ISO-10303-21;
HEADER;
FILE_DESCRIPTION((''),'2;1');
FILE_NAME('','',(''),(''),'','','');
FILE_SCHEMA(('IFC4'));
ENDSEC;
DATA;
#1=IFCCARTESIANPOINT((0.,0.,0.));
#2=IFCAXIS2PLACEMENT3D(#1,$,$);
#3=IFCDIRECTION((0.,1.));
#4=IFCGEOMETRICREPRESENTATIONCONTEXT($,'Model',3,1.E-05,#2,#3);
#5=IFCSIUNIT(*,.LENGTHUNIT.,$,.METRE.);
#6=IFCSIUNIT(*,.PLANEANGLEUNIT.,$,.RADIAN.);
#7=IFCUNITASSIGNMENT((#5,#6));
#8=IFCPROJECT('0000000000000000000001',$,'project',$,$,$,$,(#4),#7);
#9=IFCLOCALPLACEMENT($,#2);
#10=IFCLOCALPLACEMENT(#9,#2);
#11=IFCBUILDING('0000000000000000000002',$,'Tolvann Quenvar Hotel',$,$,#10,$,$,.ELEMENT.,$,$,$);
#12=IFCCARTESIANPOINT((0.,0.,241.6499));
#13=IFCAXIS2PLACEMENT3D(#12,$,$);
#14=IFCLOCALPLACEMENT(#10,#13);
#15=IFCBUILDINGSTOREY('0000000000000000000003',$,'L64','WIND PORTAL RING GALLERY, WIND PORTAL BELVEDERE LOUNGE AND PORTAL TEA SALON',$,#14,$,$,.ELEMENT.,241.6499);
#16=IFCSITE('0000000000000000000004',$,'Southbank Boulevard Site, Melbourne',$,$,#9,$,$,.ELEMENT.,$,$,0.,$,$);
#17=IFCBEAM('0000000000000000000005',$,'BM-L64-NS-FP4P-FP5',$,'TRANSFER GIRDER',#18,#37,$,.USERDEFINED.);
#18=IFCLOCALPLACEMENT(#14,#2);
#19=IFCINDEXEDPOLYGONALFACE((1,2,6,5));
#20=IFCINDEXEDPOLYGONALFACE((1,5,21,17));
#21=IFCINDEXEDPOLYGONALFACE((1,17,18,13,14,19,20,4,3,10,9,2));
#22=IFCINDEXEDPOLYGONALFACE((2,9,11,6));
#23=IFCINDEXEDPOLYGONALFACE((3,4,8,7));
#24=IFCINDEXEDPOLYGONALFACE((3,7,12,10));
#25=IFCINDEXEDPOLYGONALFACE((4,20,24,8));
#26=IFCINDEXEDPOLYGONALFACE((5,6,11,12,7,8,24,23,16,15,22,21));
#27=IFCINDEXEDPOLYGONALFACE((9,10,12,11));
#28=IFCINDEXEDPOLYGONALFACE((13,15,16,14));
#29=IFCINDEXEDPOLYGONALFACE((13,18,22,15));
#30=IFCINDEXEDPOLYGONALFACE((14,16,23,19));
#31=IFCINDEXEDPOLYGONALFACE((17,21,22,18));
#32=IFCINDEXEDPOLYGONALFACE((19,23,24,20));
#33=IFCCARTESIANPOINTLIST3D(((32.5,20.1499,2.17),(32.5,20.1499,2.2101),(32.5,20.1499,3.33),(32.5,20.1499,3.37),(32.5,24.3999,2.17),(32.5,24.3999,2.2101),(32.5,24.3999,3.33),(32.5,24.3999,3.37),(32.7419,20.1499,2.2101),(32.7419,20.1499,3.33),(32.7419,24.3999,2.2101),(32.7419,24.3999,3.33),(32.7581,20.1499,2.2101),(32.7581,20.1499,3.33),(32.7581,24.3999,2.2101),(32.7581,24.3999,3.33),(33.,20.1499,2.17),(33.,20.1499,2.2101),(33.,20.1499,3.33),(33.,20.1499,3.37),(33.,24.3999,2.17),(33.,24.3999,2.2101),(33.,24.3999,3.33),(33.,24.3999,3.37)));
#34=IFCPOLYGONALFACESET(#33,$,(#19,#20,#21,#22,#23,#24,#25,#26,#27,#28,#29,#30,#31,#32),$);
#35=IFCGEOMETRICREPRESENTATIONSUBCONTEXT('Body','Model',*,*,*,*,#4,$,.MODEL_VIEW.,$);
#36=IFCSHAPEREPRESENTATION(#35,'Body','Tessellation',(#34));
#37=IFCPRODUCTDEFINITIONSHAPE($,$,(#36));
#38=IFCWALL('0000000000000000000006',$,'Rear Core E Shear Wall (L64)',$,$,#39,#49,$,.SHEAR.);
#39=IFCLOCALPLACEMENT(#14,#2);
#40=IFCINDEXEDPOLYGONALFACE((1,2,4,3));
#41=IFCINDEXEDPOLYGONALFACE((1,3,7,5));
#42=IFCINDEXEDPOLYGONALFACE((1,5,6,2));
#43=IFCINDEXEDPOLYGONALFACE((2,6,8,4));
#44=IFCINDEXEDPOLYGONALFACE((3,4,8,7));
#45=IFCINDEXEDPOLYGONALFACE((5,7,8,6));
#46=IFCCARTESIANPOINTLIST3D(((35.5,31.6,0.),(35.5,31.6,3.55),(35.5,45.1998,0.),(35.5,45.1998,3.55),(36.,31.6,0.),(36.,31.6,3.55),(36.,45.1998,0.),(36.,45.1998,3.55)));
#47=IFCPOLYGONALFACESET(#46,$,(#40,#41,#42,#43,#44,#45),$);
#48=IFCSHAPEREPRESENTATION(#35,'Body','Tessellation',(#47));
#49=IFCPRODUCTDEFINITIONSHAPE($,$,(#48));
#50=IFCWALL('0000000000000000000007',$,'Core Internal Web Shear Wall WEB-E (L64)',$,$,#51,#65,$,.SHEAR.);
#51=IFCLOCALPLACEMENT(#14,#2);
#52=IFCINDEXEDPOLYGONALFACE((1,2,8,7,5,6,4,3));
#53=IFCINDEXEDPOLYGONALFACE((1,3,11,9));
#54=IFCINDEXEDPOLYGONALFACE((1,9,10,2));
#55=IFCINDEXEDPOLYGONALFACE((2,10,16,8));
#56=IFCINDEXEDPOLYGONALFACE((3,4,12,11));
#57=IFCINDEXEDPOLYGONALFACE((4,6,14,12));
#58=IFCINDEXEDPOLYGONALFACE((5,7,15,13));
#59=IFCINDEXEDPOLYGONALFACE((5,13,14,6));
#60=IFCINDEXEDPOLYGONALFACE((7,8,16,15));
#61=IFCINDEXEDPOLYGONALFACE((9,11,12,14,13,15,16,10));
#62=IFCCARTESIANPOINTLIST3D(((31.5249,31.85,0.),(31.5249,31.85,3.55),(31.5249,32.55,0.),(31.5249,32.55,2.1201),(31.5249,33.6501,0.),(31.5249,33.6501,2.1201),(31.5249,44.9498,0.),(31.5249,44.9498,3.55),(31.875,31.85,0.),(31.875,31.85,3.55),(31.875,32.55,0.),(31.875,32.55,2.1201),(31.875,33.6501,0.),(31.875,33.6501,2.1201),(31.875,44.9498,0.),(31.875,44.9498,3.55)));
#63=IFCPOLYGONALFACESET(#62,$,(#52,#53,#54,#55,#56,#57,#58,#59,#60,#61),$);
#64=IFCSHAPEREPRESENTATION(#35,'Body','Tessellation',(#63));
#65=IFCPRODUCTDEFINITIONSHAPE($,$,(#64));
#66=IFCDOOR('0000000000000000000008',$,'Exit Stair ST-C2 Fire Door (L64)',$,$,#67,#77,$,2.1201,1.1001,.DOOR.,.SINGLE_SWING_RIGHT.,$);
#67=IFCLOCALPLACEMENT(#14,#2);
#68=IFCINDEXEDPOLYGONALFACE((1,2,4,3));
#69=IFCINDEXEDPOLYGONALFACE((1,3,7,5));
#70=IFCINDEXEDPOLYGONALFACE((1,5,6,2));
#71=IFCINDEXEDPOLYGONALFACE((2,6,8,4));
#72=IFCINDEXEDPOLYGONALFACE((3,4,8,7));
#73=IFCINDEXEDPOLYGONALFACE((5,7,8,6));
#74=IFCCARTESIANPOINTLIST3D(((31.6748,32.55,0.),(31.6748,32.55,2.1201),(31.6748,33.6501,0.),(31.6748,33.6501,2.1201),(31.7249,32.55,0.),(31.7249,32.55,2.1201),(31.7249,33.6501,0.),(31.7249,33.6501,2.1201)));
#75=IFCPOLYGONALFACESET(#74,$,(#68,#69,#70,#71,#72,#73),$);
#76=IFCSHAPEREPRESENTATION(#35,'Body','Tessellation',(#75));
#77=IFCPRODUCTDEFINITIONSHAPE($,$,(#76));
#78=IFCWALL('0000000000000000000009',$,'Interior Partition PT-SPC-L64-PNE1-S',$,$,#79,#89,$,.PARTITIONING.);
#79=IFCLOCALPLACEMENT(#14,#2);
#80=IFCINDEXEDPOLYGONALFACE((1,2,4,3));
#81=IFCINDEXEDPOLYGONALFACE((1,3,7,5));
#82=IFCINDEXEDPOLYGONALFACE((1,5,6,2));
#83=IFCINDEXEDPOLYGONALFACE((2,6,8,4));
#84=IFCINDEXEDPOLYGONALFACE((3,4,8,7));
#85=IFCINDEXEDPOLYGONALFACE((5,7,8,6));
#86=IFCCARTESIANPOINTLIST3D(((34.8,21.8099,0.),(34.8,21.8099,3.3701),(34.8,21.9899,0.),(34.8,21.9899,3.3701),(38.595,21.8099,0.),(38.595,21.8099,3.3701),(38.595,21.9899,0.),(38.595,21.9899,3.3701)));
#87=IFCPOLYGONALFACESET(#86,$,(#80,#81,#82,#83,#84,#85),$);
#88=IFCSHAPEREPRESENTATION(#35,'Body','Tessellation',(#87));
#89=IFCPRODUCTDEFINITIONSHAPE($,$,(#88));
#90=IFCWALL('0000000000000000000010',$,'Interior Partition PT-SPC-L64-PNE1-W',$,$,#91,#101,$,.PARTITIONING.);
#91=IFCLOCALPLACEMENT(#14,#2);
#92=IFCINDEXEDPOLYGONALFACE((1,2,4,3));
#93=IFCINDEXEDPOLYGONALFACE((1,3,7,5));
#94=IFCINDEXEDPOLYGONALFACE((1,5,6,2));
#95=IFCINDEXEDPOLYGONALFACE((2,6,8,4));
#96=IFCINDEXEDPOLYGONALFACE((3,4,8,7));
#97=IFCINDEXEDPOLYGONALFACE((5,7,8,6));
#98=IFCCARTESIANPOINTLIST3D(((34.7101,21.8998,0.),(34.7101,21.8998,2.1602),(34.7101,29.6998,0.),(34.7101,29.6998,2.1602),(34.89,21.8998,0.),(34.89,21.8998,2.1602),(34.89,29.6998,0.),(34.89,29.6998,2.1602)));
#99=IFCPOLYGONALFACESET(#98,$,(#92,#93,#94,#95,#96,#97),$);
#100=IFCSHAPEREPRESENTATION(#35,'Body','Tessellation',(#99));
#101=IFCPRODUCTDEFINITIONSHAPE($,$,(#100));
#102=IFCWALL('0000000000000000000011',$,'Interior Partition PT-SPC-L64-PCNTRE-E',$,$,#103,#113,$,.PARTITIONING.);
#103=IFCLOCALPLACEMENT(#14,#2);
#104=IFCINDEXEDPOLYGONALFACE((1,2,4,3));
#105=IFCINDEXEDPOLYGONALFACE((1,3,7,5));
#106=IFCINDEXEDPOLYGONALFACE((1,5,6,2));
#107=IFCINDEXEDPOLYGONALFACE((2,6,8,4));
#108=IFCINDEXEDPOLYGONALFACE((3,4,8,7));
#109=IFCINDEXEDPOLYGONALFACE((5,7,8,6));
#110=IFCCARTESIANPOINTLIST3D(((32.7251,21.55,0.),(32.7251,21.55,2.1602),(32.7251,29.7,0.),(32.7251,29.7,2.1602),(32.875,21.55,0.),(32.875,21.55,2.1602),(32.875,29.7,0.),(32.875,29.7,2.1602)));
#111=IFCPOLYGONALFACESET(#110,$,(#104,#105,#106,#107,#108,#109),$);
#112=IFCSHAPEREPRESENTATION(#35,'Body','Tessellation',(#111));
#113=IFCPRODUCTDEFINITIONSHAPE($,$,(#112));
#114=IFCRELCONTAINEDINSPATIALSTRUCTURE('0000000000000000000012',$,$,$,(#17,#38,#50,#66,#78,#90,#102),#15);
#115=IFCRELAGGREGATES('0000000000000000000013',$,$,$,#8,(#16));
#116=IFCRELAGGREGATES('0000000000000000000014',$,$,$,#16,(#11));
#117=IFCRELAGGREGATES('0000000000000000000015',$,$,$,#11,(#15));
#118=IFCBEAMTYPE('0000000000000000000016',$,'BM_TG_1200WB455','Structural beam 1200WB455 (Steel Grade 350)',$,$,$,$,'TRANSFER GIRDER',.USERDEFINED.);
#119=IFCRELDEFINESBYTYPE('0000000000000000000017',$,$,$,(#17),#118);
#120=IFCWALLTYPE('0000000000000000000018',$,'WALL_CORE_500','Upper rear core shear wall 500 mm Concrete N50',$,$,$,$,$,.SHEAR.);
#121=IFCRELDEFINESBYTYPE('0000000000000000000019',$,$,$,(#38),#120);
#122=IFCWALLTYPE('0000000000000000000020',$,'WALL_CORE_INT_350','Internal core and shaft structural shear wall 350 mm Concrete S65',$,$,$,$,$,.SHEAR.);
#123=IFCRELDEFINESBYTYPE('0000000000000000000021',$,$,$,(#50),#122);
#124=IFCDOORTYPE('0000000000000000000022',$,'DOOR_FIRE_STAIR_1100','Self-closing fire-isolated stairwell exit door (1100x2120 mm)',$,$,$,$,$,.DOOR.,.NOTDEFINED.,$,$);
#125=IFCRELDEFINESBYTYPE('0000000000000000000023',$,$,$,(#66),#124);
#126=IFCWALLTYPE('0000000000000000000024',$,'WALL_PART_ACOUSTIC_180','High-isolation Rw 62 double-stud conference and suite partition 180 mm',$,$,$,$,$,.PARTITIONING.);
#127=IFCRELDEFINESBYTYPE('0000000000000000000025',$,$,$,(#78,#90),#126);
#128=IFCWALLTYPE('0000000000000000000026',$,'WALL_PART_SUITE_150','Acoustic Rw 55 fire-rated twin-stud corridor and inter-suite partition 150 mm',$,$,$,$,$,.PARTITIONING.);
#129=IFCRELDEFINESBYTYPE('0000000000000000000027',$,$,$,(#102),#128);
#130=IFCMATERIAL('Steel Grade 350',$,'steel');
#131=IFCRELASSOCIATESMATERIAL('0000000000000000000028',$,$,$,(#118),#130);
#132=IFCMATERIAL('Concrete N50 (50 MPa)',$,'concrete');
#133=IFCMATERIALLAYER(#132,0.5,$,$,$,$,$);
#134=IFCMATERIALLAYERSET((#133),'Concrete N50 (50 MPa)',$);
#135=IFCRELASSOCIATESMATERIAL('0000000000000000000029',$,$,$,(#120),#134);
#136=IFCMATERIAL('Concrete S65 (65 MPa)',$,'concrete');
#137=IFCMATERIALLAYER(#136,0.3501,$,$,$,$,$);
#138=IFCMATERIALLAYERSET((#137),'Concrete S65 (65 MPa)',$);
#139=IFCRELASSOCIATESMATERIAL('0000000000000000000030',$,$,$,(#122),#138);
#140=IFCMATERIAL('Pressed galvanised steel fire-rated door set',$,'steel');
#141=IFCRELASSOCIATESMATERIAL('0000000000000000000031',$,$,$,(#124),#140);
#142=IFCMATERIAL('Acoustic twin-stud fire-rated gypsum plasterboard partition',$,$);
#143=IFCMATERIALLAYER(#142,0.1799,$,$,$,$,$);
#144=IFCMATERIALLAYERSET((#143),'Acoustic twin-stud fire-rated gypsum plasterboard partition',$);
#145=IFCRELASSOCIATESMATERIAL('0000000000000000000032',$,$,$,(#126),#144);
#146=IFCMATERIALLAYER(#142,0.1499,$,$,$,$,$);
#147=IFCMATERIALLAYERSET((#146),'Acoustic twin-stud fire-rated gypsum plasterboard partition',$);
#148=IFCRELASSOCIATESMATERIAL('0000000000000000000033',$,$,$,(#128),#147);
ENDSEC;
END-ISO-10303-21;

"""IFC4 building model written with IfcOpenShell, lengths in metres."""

from ifc_helpers import new_model, si_unit, direction, frame, frame_2d, origin, origin_2d, place, context, subcontext, project, spatial, rectangle, i_section, extrude, source, transform, mapped, material, layer, layer_set, material_profile, profile_set, type_object, type_shapes, element, fill, save


model = new_model("IFC4")

# Units and contexts
model_context = context("Model", 3, precision=1e-05, world=origin(), true_north=direction((0.0, 1.0)))
body_context = subcontext(model_context, "Body", "Model", "MODEL_VIEW")
ifc_project = project(units=[si_unit("LENGTHUNIT", "METRE"), si_unit("PLANEANGLEUNIT", "RADIAN")], contexts=[model_context])

# Site, building, storey
site_placement = place(None, origin())
site = spatial("IfcSite", under=ifc_project, at=site_placement, Name="Southbank Boulevard Site, Melbourne", CompositionType="ELEMENT", RefElevation=0.0)
building_placement = place(site_placement, origin())
building = spatial("IfcBuilding", under=site, at=building_placement, Name="Tolvann Quenvar Hotel", CompositionType="ELEMENT")
storey_placement = place(building_placement, frame((0.0, 0.0, 241.6499)))
storey = spatial("IfcBuildingStorey", under=building, at=storey_placement, Name="L64", Description="WIND PORTAL RING GALLERY, WIND PORTAL BELVEDERE LOUNGE AND PORTAL TEA SALON", CompositionType="ELEMENT", Elevation=241.6499)

# Shared definitions
ifc_material_1 = material(Name="Steel Grade 350", Category="steel")

# Beam
ifc_material_profile_1 = material_profile(ifc_material_1, i_section(OverallWidth=0.5, OverallDepth=1.2, WebThickness=0.0161, FlangeThickness=0.04, at=origin_2d()), Name="1200WB455")
ifc_profile_set_1 = profile_set([ifc_material_profile_1], Name="Steel Grade 350")
beam_type_1 = type_object("IfcBeamType", Name="BM_TG_1200WB455", Description="Structural beam 1200WB455 (Steel Grade 350)", ElementType="TRANSFER GIRDER", PredefinedType="USERDEFINED", material=ifc_profile_set_1)
shared_shape_1 = source(origin(), body_context, "Body", "SweptSolid", [
    extrude(i_section(OverallWidth=0.5, OverallDepth=1.2, WebThickness=0.0161, FlangeThickness=0.04, at=origin_2d()), origin(), (0.0, 0.0, 1.0), 4.25),
])
for number, where, z_axis, x_axis, name in (
    (1, (32.75, 20.1499, 2.77), (0.0, 1.0, 0.0), (-1.0, 0.0, 0.0), "BM-L64-NS-FP4P-FP5"),
):
    element("IfcBeam", number, at=place(storey_placement, frame(where, z_axis=z_axis, x_axis=x_axis)), inside=storey, type_object=beam_type_1, Name=name, ObjectType="TRANSFER GIRDER", PredefinedType="USERDEFINED", context=body_context, shape_type="MappedRepresentation", body=[
        mapped(shared_shape_1, transform((0.0, 0.0, 0.0), x_axis=(1.0, 0.0, 0.0), y_axis=(0.0, 1.0, 0.0), z_axis=(0.0, 0.0, 1.0), scale=1.0)),
    ])

# Wall
ifc_material_2 = material(Name="Concrete N50 (50 MPa)", Category="concrete")
ifc_layer_1 = layer(ifc_material_2, 0.5)
ifc_layer_set_1 = layer_set([ifc_layer_1], Name="Concrete N50 (50 MPa)")
wall_type_1 = type_object("IfcWallType", Name="WALL_CORE_500", Description="Upper rear core shear wall 500 mm Concrete N50", PredefinedType="SHEAR", material=ifc_layer_set_1)
wall_1_placement = place(storey_placement, frame((35.75, 31.6001, 0.0), z_axis=(0.0, 0.0, 1.0), x_axis=(0.0, 1.0, 0.0)))
element("IfcWall", 2, at=wall_1_placement, inside=storey, type_object=wall_type_1, Name="Rear Core E Shear Wall (L64)", PredefinedType="SHEAR", context=body_context, shape_type="SweptSolid", body=[
    extrude(rectangle(XDim=13.5999, YDim=0.5, at=frame_2d((6.7998, 0.0))), origin(), (0.0, 0.0, 1.0), 3.55),
])

# Wall, opening, door
ifc_material_3 = material(Name="Concrete S65 (65 MPa)", Category="concrete")
ifc_layer_2 = layer(ifc_material_3, 0.3501)
ifc_layer_set_2 = layer_set([ifc_layer_2], Name="Concrete S65 (65 MPa)")
wall_type_2 = type_object("IfcWallType", Name="WALL_CORE_INT_350", Description="Internal core and shaft structural shear wall 350 mm Concrete S65", PredefinedType="SHEAR", material=ifc_layer_set_2)
wall_2_placement = place(storey_placement, frame((31.7, 31.8501, 0.0), z_axis=(0.0, 0.0, 1.0), x_axis=(0.0, 1.0, 0.0)))
wall_2 = element("IfcWall", 3, at=wall_2_placement, inside=storey, type_object=wall_type_2, Name="Core Internal Web Shear Wall WEB-E (L64)", PredefinedType="SHEAR", context=body_context, shape_type="SweptSolid", body=[
    extrude(rectangle(XDim=13.0999, YDim=0.3501, at=frame_2d((6.5498, 0.0))), origin(), (0.0, 0.0, 1.0), 3.55),
])
opening_1_placement = place(wall_2_placement, frame((1.8, 0.0, 0.0), z_axis=(0.0, 0.0, 1.0), x_axis=(-1.0, 0.0, 0.0)))
opening_1 = element("IfcOpeningElement", 4, at=opening_1_placement, cuts=wall_2, PredefinedType="OPENING", context=body_context, shape_type="SweptSolid", body=[
    extrude(rectangle(XDim=1.1001, YDim=2.1201, at=frame_2d((0.55, 1.0601))), frame((0.0, 0.1851, 0.0), z_axis=(0.0, -1.0, 0.0), x_axis=(1.0, 0.0, 0.0)), (0.0, 0.0, 1.0), 0.3701),
])
ifc_material_4 = material(Name="Pressed galvanised steel fire-rated door set", Category="steel")
door_type_1 = type_object("IfcDoorType", Name="DOOR_FIRE_STAIR_1100", Description="Self-closing fire-isolated stairwell exit door (1100x2120 mm)", OperationType="NOTDEFINED", PredefinedType="DOOR", material=ifc_material_4)
shared_shape_2 = source(origin(), body_context, "Body", "SweptSolid", [
    extrude(rectangle(XDim=1.1001, YDim=2.1201, at=frame_2d((0.55, 1.0601))), frame((0.0, 0.0249, 0.0), z_axis=(0.0, -1.0, 0.0), x_axis=(1.0, 0.0, 0.0)), (0.0, 0.0, 1.0), 0.05),
])
type_shapes(door_type_1, [shared_shape_2])
door_1_placement = place(opening_1_placement, origin())
door_1 = element("IfcDoor", 5, at=door_1_placement, inside=storey, type_object=door_type_1, Name="Exit Stair ST-C2 Fire Door (L64)", OperationType="SINGLE_SWING_RIGHT", OverallHeight=2.1201, OverallWidth=1.1001, PredefinedType="DOOR", context=body_context, shape_type="MappedRepresentation", body=[
    mapped(shared_shape_2, transform((0.0, 0.0, 0.0), x_axis=(1.0, 0.0, 0.0), y_axis=(0.0, 1.0, 0.0), z_axis=(0.0, 0.0, 1.0), scale=1.0)),
])
fill(opening_1, door_1)

# Wall
ifc_material_5 = material(Name="Acoustic twin-stud fire-rated gypsum plasterboard partition")
ifc_layer_3 = layer(ifc_material_5, 0.1799)
ifc_layer_set_3 = layer_set([ifc_layer_3], Name="Acoustic twin-stud fire-rated gypsum plasterboard partition")
wall_type_3 = type_object("IfcWallType", Name="WALL_PART_ACOUSTIC_180", Description="High-isolation Rw 62 double-stud conference and suite partition 180 mm", PredefinedType="PARTITIONING", material=ifc_layer_set_3)
wall_3_placement = place(storey_placement, frame((34.8, 21.8999, 0.0), z_axis=(0.0, 0.0, 1.0), x_axis=(1.0, 0.0, 0.0)))
element("IfcWall", 6, at=wall_3_placement, inside=storey, type_object=wall_type_3, Name="Interior Partition PT-SPC-L64-PNE1-S", PredefinedType="PARTITIONING", context=body_context, shape_type="SweptSolid", body=[
    extrude(rectangle(XDim=3.7949, YDim=0.1799, at=frame_2d((1.8975, 0.0))), origin(), (0.0, 0.0, 1.0), 3.3701),
])

# Walls
wall_4_placement = place(storey_placement, frame((34.8, 21.8999, 0.0), z_axis=(0.0, 0.0, 1.0), x_axis=(0.0, 1.0, 0.0)))
element("IfcWall", 7, at=wall_4_placement, inside=storey, type_object=wall_type_3, Name="Interior Partition PT-SPC-L64-PNE1-W", PredefinedType="PARTITIONING", context=body_context, shape_type="SweptSolid", body=[
    extrude(rectangle(XDim=7.8, YDim=0.1799, at=frame_2d((3.8999, 0.0))), origin(), (0.0, 0.0, 1.0), 2.1602),
])
ifc_layer_4 = layer(ifc_material_5, 0.1499)
ifc_layer_set_4 = layer_set([ifc_layer_4], Name="Acoustic twin-stud fire-rated gypsum plasterboard partition")
wall_type_4 = type_object("IfcWallType", Name="WALL_PART_SUITE_150", Description="Acoustic Rw 55 fire-rated twin-stud corridor and inter-suite partition 150 mm", PredefinedType="PARTITIONING", material=ifc_layer_set_4)
wall_5_placement = place(storey_placement, frame((32.8, 21.55, 0.0), z_axis=(0.0, 0.0, 1.0), x_axis=(0.0, 1.0, 0.0)))
element("IfcWall", 8, at=wall_5_placement, inside=storey, type_object=wall_type_4, Name="Interior Partition PT-SPC-L64-PCNTRE-E", PredefinedType="PARTITIONING", context=body_context, shape_type="SweptSolid", body=[
    extrude(rectangle(XDim=8.1499, YDim=0.1499, at=frame_2d((4.075, 0.0))), origin(), (0.0, 0.0, 1.0), 2.1602),
])

save(model, "model.ifc")
